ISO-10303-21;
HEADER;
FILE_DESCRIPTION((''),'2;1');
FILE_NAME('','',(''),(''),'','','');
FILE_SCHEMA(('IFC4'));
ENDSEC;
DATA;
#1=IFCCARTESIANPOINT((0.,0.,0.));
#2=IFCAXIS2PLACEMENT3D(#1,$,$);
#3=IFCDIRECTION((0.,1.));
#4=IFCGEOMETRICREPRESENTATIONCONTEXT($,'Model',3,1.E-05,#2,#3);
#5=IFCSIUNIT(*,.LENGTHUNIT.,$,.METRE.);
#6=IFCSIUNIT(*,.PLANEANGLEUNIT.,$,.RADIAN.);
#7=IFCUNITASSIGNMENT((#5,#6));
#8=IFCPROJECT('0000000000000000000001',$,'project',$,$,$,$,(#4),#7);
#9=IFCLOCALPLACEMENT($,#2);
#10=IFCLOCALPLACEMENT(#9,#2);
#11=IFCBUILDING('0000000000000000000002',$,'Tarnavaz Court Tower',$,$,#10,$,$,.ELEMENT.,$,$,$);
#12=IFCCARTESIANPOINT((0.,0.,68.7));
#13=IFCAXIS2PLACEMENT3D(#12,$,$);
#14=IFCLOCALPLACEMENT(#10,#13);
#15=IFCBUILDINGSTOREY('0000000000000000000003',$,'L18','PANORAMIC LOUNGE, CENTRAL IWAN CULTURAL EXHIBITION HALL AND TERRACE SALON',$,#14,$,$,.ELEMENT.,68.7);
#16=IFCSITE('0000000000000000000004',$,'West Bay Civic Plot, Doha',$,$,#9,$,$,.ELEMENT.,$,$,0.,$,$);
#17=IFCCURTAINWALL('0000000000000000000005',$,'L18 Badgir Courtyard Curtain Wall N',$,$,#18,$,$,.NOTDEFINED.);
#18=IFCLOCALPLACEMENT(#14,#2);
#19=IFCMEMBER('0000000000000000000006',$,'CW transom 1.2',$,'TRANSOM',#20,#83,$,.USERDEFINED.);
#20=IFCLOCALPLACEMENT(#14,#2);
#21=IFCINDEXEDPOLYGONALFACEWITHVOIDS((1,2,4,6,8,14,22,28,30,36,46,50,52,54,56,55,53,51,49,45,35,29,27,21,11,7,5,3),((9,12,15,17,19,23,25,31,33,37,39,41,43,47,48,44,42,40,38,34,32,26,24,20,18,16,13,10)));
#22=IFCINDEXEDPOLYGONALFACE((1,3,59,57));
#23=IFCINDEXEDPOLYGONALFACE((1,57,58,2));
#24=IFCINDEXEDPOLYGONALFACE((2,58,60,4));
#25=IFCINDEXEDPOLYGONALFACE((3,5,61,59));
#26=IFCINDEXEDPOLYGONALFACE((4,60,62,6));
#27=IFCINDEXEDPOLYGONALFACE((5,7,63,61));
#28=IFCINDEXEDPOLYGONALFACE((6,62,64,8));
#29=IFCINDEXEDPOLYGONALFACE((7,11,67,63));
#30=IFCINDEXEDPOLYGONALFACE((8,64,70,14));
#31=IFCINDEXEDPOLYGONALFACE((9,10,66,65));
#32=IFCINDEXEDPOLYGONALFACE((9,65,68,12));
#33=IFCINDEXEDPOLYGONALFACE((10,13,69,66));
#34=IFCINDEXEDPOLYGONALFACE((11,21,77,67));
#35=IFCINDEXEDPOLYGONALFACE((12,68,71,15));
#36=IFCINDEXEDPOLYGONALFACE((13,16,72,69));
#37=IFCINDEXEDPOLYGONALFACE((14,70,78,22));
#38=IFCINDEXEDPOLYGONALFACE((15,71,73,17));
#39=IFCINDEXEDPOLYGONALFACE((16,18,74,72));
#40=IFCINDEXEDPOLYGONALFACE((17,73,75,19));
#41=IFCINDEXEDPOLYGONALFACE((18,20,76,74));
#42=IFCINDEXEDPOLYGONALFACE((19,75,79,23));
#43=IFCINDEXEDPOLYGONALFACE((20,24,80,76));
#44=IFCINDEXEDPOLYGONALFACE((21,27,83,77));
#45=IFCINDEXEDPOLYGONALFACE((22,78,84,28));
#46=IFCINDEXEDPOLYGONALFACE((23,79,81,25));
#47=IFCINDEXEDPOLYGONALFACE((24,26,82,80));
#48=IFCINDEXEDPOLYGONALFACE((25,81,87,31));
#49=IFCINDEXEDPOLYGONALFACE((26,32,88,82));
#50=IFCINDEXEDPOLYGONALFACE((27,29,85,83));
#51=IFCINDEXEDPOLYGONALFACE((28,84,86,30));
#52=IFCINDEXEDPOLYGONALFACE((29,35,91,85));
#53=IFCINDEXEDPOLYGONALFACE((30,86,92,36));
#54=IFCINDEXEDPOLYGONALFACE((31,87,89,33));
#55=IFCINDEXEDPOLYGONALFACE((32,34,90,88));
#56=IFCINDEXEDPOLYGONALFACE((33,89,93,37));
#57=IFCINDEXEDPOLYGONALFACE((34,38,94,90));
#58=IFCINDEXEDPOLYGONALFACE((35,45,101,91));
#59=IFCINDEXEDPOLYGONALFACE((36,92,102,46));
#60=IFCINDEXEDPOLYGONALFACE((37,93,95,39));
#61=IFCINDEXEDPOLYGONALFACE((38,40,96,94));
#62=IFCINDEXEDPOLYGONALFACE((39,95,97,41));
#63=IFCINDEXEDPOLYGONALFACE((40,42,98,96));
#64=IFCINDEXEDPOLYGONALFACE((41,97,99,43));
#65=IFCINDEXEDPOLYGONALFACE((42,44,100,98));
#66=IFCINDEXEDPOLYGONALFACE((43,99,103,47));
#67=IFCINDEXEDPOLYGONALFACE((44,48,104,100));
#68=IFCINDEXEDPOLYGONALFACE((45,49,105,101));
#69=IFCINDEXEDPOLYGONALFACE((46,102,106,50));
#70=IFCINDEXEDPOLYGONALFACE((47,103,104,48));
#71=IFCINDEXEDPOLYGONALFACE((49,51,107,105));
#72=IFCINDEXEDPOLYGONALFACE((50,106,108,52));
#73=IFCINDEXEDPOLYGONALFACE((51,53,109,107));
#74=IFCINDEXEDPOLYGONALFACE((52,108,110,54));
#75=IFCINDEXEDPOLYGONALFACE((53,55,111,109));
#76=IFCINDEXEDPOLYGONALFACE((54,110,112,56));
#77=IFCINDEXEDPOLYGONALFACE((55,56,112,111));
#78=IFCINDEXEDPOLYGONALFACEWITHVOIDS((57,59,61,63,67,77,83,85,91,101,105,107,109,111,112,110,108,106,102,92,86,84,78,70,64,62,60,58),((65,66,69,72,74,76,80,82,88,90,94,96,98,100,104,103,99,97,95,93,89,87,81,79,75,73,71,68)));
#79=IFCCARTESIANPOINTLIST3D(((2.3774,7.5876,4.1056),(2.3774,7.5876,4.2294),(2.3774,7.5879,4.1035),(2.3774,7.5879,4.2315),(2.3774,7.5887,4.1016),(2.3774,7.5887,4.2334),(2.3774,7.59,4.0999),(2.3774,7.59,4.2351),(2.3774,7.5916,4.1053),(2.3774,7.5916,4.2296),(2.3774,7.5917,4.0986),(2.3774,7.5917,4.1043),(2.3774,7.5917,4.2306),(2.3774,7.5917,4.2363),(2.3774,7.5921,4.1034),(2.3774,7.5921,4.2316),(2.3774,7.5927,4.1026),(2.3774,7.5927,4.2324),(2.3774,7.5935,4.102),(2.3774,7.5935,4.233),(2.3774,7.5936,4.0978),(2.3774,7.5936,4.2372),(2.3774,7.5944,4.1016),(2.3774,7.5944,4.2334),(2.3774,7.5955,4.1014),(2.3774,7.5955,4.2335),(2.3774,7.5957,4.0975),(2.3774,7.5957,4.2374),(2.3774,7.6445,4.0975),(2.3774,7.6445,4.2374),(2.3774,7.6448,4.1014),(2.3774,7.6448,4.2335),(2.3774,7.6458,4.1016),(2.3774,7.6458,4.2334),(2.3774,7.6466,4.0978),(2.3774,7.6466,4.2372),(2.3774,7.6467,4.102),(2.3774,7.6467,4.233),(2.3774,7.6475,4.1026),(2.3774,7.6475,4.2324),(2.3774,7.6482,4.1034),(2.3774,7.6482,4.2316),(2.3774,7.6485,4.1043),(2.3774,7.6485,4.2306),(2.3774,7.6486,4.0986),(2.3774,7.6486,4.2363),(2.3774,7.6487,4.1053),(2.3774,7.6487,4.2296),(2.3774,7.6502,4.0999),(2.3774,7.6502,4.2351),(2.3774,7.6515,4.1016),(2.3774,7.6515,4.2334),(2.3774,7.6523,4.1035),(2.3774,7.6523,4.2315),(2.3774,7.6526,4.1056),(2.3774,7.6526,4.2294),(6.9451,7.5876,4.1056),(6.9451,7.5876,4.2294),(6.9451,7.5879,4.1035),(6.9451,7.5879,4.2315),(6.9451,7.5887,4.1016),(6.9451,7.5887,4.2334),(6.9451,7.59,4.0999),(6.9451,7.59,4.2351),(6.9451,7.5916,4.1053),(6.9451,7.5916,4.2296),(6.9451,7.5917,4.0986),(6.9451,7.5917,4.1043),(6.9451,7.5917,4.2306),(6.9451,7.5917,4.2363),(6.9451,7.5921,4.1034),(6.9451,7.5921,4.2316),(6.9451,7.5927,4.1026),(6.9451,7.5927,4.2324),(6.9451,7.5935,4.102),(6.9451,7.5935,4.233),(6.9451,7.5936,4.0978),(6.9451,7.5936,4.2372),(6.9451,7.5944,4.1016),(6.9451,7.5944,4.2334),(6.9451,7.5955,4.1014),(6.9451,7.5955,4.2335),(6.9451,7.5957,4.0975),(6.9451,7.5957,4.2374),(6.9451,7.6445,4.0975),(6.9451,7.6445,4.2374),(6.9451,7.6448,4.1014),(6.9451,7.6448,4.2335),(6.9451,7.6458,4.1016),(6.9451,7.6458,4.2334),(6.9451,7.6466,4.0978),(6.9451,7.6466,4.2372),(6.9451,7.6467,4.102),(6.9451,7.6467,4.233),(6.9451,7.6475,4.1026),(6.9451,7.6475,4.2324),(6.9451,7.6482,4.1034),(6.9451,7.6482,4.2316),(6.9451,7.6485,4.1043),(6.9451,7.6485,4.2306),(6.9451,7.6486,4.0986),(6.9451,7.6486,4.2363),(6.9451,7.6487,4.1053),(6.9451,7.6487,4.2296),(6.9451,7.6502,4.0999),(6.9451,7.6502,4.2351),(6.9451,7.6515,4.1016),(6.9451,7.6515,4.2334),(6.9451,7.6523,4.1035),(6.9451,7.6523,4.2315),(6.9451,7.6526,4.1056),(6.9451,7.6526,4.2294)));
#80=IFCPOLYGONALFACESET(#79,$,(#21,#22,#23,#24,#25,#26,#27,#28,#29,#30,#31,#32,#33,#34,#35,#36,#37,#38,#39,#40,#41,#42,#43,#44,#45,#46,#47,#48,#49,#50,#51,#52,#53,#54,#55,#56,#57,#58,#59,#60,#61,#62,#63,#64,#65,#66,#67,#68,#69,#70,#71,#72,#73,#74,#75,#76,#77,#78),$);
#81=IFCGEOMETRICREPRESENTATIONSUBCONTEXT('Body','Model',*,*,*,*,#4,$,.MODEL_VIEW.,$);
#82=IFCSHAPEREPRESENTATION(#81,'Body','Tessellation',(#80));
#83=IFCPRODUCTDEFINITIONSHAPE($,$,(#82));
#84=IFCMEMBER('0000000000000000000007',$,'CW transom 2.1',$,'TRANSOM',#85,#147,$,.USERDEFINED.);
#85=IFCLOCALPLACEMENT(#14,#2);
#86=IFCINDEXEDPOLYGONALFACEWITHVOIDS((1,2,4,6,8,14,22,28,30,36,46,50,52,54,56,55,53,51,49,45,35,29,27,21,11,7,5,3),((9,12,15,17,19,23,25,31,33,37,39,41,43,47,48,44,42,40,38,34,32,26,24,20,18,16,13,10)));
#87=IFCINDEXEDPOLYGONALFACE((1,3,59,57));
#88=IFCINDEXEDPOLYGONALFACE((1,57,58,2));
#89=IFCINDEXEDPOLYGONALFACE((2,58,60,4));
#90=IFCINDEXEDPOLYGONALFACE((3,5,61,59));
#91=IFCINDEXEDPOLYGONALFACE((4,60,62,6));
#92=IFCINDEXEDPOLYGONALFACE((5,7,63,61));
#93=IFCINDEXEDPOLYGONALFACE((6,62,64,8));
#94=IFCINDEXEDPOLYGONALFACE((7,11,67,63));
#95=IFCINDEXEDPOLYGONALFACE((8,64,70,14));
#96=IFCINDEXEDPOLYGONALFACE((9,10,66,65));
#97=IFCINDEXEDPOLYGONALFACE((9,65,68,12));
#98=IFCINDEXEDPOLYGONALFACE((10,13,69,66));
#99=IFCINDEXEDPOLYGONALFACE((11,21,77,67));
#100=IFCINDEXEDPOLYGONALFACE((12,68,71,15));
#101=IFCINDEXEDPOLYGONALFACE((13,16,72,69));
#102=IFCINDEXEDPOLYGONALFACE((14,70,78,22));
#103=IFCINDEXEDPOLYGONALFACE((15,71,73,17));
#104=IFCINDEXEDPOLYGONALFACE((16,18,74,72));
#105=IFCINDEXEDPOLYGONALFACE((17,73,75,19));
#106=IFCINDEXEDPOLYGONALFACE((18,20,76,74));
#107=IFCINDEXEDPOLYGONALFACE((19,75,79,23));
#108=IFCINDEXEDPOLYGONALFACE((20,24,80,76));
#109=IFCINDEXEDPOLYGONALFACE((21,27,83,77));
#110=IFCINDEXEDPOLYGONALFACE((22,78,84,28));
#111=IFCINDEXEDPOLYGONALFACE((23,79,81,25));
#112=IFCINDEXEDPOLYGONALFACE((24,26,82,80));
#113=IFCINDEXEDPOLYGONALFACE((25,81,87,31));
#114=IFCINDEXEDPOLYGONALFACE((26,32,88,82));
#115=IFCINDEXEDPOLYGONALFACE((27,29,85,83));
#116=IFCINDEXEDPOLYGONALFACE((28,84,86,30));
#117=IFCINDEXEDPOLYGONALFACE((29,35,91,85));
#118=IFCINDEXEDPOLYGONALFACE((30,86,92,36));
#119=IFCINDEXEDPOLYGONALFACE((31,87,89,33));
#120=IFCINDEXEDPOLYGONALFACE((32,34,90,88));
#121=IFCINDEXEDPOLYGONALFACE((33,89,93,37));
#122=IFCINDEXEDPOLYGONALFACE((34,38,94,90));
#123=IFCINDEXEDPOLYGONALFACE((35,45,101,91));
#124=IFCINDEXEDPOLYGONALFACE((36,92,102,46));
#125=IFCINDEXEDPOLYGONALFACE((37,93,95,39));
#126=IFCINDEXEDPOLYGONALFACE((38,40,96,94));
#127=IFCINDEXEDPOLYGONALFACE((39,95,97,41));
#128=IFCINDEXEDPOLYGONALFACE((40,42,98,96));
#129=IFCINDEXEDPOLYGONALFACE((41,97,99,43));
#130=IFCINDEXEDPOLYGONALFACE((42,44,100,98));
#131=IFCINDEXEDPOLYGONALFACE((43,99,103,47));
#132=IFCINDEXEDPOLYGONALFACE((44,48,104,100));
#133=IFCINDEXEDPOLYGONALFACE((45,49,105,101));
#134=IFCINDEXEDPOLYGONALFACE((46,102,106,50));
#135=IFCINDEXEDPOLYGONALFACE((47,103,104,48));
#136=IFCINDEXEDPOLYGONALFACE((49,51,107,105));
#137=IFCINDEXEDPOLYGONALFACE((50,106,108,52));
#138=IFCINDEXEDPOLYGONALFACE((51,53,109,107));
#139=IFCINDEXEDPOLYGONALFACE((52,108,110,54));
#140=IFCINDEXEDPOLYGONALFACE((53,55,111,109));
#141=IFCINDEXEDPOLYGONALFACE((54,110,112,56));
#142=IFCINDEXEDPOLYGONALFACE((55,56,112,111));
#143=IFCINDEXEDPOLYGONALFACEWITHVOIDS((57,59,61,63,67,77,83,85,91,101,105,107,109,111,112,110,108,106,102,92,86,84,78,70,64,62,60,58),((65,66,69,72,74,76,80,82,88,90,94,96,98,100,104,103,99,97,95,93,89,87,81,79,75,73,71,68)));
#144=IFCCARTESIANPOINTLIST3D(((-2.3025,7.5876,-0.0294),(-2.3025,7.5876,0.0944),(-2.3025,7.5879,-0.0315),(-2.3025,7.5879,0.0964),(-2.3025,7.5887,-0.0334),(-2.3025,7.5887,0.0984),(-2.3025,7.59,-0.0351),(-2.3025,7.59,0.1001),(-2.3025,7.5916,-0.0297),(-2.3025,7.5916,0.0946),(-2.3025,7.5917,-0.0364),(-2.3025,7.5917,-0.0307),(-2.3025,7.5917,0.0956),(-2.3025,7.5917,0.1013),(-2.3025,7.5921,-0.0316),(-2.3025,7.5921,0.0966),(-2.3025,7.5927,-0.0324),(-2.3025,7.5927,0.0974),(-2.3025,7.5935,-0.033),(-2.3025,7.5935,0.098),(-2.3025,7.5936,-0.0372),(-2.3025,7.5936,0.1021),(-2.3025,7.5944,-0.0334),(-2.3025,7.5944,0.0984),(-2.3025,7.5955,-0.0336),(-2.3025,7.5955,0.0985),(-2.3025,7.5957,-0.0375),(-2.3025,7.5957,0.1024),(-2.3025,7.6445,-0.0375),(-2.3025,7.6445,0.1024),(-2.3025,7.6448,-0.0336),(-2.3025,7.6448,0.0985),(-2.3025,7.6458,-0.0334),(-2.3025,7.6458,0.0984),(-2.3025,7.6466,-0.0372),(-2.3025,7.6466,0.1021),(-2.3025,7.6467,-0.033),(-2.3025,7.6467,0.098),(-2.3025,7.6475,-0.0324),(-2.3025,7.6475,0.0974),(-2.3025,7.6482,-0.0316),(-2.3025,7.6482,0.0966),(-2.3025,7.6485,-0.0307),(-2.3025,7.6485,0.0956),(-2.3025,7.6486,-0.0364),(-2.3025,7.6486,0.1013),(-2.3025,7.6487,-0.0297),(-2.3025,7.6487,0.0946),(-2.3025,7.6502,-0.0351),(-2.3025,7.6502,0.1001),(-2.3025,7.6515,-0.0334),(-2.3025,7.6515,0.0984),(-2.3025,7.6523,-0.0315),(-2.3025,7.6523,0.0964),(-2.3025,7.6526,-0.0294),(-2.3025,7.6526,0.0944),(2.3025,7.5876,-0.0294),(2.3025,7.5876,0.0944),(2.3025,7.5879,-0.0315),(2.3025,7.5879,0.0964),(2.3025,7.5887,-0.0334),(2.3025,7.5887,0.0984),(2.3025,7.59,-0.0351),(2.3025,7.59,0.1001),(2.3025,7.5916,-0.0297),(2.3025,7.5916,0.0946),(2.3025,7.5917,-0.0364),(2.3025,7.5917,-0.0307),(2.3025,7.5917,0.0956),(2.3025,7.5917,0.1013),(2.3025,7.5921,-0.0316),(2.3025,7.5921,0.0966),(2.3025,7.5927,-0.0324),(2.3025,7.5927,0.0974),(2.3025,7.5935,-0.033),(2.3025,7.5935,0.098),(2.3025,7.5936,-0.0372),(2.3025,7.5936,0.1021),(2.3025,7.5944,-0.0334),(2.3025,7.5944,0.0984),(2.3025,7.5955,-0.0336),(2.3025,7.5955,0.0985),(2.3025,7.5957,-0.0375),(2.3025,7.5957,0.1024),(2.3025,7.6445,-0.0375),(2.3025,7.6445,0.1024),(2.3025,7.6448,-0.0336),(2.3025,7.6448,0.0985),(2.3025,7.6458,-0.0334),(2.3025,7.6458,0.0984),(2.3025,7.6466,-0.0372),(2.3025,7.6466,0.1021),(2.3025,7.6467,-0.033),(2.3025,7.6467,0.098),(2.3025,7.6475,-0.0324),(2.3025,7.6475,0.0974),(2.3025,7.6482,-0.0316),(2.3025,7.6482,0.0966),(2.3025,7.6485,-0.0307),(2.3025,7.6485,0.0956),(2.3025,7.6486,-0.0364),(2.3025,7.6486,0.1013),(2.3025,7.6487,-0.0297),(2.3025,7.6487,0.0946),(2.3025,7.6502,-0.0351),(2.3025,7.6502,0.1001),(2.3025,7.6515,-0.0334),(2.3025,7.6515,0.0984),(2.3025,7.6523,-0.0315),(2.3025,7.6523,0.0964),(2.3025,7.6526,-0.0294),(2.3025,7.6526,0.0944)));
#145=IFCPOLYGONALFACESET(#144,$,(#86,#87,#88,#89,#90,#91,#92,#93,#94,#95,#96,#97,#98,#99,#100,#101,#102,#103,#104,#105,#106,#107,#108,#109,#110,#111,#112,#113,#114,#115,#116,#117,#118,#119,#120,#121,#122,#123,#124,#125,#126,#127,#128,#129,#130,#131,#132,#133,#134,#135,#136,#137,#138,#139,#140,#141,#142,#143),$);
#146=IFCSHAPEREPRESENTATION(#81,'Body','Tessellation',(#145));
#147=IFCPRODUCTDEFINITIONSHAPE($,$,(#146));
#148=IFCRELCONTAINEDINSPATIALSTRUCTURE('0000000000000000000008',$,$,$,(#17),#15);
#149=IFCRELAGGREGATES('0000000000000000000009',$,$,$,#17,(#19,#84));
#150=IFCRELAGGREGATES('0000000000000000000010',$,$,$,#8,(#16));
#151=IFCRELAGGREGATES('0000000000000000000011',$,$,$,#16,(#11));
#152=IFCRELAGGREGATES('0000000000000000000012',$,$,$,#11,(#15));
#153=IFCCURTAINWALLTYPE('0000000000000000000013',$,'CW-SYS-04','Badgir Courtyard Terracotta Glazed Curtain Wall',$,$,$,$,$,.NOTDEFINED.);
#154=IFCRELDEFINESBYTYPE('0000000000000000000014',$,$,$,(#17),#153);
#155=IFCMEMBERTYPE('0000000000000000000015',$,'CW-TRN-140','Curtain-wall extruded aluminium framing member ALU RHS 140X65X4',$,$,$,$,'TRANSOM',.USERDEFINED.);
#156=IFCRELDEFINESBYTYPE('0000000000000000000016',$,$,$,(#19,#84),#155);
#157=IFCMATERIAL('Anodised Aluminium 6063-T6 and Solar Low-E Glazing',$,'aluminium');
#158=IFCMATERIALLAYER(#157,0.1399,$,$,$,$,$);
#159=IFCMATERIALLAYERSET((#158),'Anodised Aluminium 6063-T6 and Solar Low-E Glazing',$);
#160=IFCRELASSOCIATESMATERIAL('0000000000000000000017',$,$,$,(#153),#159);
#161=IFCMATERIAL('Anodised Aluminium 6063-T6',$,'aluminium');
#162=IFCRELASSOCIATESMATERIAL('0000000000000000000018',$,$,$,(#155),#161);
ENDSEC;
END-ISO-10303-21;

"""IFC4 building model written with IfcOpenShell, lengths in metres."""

from ifc_helpers import new_model, si_unit, direction, frame, origin, origin_2d, place, context, subcontext, project, spatial, hollow_rectangle, extrude, material, layer, layer_set, material_profile, profile_set, type_object, element, aggregate, save


model = new_model("IFC4")

# Units and contexts
model_context = context("Model", 3, precision=1e-05, world=origin(), true_north=direction((0.0, 1.0)))
body_context = subcontext(model_context, "Body", "Model", "MODEL_VIEW")
ifc_project = project(units=[si_unit("LENGTHUNIT", "METRE"), si_unit("PLANEANGLEUNIT", "RADIAN")], contexts=[model_context])

# Site, building, storey
site_placement = place(None, origin())
site = spatial("IfcSite", under=ifc_project, at=site_placement, Name="West Bay Civic Plot, Doha", CompositionType="ELEMENT", RefElevation=0.0)
building_placement = place(site_placement, origin())
building = spatial("IfcBuilding", under=site, at=building_placement, Name="Tarnavaz Court Tower", CompositionType="ELEMENT")
storey_placement = place(building_placement, frame((0.0, 0.0, 68.7)))
storey = spatial("IfcBuildingStorey", under=building, at=storey_placement, Name="L18", Description="PANORAMIC LOUNGE, CENTRAL IWAN CULTURAL EXHIBITION HALL AND TERRACE SALON", CompositionType="ELEMENT", Elevation=68.7)

# Curtain wall, members
ifc_material_1 = material(Name="Anodised Aluminium 6063-T6 and Solar Low-E Glazing", Category="aluminium")
ifc_layer_1 = layer(ifc_material_1, 0.1399)
ifc_layer_set_1 = layer_set([ifc_layer_1], Name="Anodised Aluminium 6063-T6 and Solar Low-E Glazing")
curtain_wall_type = type_object("IfcCurtainWallType", Name="CW-SYS-04", Description="Badgir Courtyard Terracotta Glazed Curtain Wall", PredefinedType="NOTDEFINED", material=ifc_layer_set_1)
curtain_wall_placement = place(storey_placement, origin())
curtain_wall = element("IfcCurtainWall", 1, at=curtain_wall_placement, inside=storey, type_object=curtain_wall_type, Name="L18 Badgir Courtyard Curtain Wall N", PredefinedType="NOTDEFINED")
ifc_material_2 = material(Name="Anodised Aluminium 6063-T6", Category="aluminium")
ifc_material_profile_1 = material_profile(ifc_material_2, hollow_rectangle(XDim=0.0649, YDim=0.1399, WallThickness=0.0039, InnerFilletRadius=0.0039, OuterFilletRadius=0.0081, at=origin_2d()), Name="ALU RHS 140X65X4")
ifc_profile_set_1 = profile_set([ifc_material_profile_1], Name="Anodised Aluminium 6063-T6")
member_type_1 = type_object("IfcMemberType", Name="CW-TRN-140", Description="Curtain-wall extruded aluminium framing member ALU RHS 140X65X4", ElementType="TRANSOM", PredefinedType="USERDEFINED", material=ifc_profile_set_1)
member_1_placement = place(storey_placement, frame((6.9451, 7.6201, 4.1675), z_axis=(-1.0, 0.0, 0.0), x_axis=(0.0, -1.0, 0.0)))
member_1 = element("IfcMember", 2, at=member_1_placement, type_object=member_type_1, Name="CW transom 1.2", ObjectType="TRANSOM", PredefinedType="USERDEFINED", context=body_context, shape_type="SweptSolid", body=[
    extrude(hollow_rectangle(XDim=0.0649, YDim=0.1399, WallThickness=0.0039, InnerFilletRadius=0.0039, OuterFilletRadius=0.0081, at=origin_2d()), origin(), (0.0, 0.0, 1.0), 4.5676),
])
member_2_placement = place(storey_placement, frame((2.3025, 7.6201, 0.0325), z_axis=(-1.0, 0.0, 0.0), x_axis=(0.0, -1.0, 0.0)))
member_2 = element("IfcMember", 3, at=member_2_placement, type_object=member_type_1, Name="CW transom 2.1", ObjectType="TRANSOM", PredefinedType="USERDEFINED", context=body_context, shape_type="SweptSolid", body=[
    extrude(hollow_rectangle(XDim=0.0649, YDim=0.1399, WallThickness=0.0039, InnerFilletRadius=0.0039, OuterFilletRadius=0.0081, at=origin_2d()), origin(), (0.0, 0.0, 1.0), 4.605),
])
aggregate(curtain_wall, [member_1, member_2])

save(model, "model.ifc")
